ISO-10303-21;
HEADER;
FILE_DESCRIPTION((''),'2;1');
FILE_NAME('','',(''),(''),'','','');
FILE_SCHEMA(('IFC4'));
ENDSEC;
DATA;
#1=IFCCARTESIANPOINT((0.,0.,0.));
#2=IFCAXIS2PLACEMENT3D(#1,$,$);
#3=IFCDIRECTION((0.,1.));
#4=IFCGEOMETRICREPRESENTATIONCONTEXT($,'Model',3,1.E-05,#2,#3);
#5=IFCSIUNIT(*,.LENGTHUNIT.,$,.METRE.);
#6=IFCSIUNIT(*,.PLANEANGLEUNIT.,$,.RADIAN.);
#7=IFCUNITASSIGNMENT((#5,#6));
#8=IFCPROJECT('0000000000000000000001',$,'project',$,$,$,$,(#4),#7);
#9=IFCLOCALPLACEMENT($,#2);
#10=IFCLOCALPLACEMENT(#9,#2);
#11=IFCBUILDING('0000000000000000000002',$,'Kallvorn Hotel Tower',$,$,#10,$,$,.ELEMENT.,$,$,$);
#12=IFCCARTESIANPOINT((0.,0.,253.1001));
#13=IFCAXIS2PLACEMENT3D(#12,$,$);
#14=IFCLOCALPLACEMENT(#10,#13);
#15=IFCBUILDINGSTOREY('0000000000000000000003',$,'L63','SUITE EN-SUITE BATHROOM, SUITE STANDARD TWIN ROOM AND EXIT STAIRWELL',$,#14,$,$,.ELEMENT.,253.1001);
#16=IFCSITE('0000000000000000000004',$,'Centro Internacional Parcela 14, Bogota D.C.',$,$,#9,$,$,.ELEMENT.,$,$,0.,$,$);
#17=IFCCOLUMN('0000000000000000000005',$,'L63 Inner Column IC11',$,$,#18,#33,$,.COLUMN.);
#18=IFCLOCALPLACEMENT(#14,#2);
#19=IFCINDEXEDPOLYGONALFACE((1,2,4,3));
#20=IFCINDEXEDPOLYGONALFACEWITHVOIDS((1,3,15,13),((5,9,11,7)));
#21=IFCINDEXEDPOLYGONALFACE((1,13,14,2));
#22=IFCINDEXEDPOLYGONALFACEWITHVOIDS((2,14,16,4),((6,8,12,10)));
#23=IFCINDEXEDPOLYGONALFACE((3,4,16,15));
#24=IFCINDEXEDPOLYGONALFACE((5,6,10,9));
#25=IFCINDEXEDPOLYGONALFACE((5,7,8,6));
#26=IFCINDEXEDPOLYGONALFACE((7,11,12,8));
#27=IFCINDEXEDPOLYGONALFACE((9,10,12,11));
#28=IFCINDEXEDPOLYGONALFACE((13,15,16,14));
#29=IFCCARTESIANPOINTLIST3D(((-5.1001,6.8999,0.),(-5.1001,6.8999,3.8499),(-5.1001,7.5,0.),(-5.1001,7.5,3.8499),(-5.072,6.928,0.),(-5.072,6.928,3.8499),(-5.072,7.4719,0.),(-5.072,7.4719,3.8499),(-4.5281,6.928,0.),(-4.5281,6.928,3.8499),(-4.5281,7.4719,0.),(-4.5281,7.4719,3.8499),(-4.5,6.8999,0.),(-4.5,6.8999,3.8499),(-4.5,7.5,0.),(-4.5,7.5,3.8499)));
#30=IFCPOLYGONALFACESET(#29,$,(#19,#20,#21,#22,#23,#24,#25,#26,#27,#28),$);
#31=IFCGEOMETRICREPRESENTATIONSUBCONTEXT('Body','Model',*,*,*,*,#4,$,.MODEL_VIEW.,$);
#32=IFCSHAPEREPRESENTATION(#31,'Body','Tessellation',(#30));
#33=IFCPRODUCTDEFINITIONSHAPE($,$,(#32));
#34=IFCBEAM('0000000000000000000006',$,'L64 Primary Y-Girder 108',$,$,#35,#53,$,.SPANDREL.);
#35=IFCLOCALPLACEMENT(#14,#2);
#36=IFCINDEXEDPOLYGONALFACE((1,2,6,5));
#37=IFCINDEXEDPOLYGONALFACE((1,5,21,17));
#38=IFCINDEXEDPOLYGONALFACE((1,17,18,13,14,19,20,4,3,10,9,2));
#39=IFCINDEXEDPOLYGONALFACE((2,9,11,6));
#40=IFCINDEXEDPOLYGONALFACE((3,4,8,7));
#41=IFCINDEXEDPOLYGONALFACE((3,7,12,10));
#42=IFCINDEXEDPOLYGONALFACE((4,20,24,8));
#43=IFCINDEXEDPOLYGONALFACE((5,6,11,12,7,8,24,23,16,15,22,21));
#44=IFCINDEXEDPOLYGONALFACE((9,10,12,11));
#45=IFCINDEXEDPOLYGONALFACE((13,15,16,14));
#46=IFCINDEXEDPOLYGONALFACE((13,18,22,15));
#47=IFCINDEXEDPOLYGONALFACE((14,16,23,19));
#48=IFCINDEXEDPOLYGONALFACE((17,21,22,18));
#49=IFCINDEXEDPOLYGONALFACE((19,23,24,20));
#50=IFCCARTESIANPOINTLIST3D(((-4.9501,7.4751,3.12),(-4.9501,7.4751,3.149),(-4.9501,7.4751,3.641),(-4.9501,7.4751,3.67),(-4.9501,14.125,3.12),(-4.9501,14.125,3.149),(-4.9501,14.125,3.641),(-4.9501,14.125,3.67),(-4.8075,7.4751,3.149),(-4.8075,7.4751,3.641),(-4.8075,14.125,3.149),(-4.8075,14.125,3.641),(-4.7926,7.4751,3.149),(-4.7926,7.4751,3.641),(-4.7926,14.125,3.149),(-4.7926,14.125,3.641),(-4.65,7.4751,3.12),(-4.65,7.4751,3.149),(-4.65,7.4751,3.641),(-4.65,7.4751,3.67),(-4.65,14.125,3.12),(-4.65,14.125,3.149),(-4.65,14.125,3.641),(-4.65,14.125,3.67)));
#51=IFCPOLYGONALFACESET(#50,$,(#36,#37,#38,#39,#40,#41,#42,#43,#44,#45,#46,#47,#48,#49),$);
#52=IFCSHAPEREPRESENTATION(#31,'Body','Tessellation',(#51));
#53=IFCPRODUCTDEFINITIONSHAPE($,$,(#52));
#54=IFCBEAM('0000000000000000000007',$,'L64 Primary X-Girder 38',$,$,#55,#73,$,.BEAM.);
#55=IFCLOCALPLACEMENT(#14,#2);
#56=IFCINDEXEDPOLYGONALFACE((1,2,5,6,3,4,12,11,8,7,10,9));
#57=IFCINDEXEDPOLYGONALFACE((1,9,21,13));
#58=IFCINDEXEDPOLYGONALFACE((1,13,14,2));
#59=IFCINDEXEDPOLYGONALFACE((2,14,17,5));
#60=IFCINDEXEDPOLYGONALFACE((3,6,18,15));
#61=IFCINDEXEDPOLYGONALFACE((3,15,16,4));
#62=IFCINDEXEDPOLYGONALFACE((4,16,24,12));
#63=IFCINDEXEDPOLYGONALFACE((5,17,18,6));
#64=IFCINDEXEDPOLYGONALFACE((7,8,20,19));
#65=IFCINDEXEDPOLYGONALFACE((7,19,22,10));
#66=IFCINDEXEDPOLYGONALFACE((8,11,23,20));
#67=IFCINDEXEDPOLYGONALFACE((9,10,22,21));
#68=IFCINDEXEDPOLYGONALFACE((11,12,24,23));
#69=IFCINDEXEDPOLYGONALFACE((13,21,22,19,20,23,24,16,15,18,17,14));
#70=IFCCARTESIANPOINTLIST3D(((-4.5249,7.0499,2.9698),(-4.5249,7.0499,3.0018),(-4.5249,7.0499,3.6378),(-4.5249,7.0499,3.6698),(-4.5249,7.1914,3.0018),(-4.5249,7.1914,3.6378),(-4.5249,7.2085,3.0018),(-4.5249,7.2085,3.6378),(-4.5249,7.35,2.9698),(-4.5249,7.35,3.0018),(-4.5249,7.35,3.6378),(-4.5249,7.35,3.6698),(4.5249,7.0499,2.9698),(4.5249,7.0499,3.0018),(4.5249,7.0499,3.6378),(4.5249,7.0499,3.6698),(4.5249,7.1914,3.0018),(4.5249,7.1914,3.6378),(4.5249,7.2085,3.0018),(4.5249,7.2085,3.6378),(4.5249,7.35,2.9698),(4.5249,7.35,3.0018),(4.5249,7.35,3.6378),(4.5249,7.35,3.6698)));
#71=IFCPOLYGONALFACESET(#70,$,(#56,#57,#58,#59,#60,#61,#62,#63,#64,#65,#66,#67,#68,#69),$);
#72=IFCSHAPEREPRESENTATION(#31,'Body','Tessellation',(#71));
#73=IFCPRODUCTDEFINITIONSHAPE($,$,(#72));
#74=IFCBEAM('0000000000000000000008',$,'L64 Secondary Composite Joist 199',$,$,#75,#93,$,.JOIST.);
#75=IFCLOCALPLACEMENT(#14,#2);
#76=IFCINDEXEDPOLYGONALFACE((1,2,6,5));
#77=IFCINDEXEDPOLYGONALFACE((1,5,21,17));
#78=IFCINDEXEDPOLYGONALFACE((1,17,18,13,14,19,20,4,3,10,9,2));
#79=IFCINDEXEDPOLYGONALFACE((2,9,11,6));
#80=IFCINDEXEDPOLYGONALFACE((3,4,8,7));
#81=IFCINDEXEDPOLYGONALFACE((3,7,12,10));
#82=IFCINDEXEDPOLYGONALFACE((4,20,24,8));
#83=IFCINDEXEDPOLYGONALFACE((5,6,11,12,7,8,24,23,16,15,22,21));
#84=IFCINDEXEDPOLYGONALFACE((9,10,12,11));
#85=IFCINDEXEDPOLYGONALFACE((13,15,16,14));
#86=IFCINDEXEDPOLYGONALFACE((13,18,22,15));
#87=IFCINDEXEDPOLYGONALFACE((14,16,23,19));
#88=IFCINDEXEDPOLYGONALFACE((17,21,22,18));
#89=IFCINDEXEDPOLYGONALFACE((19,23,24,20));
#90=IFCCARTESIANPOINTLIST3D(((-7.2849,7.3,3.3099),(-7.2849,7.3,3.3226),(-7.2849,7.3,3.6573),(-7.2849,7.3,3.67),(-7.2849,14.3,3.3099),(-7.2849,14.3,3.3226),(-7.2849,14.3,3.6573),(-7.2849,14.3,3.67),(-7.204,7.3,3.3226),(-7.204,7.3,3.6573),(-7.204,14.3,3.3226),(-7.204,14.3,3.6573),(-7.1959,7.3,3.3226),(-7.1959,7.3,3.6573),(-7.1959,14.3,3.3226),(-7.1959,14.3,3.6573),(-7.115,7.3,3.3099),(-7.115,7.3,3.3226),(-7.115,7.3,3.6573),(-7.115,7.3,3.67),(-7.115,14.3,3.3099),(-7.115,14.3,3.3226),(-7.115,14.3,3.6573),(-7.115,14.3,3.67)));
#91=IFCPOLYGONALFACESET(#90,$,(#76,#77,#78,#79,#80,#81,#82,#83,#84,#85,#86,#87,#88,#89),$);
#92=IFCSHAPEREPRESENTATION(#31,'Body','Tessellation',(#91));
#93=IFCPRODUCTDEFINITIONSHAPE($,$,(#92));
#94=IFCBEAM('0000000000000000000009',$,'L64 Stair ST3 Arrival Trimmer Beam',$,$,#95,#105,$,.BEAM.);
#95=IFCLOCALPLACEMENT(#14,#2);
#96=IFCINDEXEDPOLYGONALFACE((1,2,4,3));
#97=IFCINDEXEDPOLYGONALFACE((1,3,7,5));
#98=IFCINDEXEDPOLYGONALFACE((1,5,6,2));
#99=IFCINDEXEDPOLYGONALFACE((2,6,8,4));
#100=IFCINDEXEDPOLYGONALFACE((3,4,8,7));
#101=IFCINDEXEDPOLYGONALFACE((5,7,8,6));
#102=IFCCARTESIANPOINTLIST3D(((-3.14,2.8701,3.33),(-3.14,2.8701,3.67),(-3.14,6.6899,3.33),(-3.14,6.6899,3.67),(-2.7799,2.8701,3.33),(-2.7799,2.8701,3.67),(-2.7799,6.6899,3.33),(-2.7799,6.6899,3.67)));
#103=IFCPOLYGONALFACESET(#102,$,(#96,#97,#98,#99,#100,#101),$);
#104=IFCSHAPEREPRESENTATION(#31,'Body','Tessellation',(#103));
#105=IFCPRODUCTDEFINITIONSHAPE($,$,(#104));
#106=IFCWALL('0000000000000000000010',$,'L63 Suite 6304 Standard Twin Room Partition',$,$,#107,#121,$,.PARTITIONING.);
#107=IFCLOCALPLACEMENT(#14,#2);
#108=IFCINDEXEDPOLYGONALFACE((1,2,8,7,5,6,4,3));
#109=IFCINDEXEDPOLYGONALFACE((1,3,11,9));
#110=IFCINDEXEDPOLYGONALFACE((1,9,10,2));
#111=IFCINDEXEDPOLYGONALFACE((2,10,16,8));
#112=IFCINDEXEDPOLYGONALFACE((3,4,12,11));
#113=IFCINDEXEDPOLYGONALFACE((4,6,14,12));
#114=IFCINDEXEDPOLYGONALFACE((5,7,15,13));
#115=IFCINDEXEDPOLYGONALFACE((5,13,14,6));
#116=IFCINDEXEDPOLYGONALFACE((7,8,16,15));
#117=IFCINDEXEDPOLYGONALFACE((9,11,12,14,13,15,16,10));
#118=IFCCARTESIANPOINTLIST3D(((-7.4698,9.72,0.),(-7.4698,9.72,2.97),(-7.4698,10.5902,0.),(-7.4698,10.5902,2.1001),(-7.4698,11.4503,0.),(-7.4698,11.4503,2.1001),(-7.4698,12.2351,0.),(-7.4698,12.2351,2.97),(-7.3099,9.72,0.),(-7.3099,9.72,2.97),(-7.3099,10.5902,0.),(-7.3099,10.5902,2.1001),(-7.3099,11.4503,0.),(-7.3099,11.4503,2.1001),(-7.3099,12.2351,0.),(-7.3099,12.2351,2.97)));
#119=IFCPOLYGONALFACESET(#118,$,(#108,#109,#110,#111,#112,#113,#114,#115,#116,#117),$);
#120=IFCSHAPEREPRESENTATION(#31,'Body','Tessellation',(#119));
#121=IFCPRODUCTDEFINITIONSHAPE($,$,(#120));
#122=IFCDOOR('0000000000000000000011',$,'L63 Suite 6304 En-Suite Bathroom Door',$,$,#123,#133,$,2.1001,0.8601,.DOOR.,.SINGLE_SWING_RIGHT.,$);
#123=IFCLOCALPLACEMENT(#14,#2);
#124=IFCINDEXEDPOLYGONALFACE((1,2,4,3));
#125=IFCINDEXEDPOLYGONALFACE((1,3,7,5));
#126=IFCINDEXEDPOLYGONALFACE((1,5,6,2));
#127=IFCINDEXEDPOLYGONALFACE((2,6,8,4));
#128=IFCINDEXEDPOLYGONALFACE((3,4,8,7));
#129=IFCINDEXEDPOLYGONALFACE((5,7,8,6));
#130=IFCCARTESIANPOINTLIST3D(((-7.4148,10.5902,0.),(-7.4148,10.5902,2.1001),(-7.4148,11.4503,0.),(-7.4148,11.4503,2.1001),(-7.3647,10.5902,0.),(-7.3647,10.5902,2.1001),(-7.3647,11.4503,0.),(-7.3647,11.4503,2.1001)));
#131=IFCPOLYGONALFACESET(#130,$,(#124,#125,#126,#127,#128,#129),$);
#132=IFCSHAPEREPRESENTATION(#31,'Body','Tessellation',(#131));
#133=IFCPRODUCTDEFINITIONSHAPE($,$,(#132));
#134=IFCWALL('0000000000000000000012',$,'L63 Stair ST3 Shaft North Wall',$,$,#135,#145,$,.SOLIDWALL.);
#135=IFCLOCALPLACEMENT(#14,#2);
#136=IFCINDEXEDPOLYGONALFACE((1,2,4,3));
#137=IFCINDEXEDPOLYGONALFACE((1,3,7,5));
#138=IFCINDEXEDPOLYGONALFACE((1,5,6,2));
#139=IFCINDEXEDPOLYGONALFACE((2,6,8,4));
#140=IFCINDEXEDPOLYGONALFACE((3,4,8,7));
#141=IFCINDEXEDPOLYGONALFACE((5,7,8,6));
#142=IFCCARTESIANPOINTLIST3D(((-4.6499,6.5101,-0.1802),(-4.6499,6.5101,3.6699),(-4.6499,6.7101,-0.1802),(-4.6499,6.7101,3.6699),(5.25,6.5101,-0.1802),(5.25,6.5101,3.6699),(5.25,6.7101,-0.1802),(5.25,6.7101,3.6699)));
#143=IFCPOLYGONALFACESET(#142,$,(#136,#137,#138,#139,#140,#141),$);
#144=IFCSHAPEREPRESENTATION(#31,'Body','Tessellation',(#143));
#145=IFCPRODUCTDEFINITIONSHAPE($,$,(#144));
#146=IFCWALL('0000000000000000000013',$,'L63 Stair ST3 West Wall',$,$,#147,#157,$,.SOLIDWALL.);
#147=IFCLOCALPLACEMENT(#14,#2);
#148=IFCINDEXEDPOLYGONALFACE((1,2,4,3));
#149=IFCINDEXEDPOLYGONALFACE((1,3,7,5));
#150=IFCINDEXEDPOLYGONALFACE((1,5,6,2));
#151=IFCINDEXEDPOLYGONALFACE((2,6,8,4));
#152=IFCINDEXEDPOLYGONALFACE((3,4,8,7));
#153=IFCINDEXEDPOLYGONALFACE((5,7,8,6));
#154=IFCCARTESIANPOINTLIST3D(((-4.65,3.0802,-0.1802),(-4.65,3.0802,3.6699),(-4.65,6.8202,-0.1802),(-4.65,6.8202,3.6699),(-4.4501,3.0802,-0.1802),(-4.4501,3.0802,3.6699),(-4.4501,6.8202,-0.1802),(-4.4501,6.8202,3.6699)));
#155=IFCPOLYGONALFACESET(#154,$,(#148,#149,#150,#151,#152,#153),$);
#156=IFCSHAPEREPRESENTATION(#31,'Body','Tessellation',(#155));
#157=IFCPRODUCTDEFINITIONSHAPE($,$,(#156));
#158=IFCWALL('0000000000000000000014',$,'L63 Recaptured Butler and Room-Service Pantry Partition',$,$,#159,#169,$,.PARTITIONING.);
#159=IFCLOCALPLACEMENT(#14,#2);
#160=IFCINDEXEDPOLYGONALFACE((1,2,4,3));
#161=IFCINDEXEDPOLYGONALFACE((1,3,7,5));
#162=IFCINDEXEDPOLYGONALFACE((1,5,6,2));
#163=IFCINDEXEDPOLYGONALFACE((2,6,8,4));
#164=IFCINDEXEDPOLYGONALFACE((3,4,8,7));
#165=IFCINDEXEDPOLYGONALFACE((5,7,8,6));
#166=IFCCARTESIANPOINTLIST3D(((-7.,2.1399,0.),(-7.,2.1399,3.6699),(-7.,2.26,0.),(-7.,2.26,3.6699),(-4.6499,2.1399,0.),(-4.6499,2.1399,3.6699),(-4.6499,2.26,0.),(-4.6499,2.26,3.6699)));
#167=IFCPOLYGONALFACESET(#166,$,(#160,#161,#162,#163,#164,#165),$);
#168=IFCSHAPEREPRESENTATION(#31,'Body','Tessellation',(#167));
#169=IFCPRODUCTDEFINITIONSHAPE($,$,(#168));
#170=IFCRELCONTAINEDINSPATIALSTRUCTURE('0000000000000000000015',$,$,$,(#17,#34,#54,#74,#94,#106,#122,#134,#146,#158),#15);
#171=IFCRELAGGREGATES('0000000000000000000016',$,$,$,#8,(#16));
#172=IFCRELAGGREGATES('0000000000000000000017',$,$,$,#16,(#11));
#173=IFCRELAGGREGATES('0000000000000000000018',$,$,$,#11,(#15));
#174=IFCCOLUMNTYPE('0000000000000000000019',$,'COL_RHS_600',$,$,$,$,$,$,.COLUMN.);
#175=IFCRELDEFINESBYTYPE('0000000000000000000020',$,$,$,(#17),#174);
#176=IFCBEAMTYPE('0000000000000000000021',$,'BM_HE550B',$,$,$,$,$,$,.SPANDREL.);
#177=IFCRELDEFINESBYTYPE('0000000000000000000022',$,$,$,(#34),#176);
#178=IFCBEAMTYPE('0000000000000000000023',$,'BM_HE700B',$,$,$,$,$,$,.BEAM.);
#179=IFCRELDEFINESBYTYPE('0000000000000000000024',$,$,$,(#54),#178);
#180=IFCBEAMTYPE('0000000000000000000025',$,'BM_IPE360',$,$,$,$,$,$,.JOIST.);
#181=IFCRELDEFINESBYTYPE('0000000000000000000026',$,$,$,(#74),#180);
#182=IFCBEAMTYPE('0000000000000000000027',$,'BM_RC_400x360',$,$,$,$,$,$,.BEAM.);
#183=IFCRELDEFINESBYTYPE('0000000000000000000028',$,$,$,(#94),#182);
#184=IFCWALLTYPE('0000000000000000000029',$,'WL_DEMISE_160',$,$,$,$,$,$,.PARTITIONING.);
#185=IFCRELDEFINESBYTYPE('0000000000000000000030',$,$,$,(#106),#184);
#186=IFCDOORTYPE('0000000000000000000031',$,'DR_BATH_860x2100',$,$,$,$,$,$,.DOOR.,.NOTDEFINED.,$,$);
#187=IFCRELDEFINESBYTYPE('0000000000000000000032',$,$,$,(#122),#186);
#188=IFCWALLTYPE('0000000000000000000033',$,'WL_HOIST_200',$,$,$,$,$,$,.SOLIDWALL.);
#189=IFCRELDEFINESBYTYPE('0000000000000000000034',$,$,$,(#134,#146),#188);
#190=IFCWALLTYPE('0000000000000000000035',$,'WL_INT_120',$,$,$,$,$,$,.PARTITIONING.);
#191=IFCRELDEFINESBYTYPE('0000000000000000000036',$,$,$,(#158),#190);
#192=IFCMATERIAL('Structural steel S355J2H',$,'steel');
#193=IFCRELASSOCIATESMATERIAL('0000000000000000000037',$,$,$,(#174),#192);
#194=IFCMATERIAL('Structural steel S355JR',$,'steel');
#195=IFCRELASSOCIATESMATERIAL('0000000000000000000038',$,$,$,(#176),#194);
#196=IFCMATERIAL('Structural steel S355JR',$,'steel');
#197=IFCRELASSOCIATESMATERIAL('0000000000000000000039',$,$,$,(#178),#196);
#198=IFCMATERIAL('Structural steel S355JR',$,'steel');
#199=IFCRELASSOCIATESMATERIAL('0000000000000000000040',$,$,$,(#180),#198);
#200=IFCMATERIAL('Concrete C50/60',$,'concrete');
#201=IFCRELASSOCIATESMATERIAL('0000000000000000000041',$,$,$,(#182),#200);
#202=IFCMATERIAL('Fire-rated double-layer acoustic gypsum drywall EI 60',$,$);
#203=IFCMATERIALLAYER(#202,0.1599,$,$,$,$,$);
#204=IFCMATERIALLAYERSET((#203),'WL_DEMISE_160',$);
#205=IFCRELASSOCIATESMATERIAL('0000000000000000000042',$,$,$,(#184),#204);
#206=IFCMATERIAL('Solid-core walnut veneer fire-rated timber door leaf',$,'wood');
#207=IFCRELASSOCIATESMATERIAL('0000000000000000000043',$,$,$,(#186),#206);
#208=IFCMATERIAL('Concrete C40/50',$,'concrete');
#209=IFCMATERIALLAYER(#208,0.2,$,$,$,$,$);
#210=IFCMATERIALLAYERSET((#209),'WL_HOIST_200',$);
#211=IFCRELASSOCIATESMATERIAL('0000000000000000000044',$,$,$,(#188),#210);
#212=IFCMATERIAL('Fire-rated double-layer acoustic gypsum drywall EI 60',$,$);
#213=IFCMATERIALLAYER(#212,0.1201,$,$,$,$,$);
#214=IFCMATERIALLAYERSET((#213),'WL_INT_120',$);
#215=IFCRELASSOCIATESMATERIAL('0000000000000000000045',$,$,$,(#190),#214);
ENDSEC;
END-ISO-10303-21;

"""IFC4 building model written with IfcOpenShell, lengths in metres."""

from ifc_helpers import new_model, si_unit, direction, frame, frame_2d, origin, origin_2d, place, context, subcontext, project, spatial, rectangle, hollow_rectangle, i_section, extrude, material, layer, layer_set, material_profile, profile_set, type_object, element, fill, save


model = new_model("IFC4")

# Units and contexts
model_context = context("Model", 3, precision=1e-05, world=origin(), true_north=direction((0.0, 1.0)))
body_context = subcontext(model_context, "Body", "Model", "MODEL_VIEW")
ifc_project = project(units=[si_unit("LENGTHUNIT", "METRE"), si_unit("PLANEANGLEUNIT", "RADIAN")], contexts=[model_context])

# Site, building, storey
site_placement = place(None, origin())
site = spatial("IfcSite", under=ifc_project, at=site_placement, Name="Centro Internacional Parcela 14, Bogota D.C.", CompositionType="ELEMENT", RefElevation=0.0)
building_placement = place(site_placement, origin())
building = spatial("IfcBuilding", under=site, at=building_placement, Name="Kallvorn Hotel Tower", CompositionType="ELEMENT")
storey_placement = place(building_placement, frame((0.0, 0.0, 253.1001)))
storey = spatial("IfcBuildingStorey", under=building, at=storey_placement, Name="L63", Description="SUITE EN-SUITE BATHROOM, SUITE STANDARD TWIN ROOM AND EXIT STAIRWELL", CompositionType="ELEMENT", Elevation=253.1001)

# Column
ifc_material_1 = material(Name="Structural steel S355J2H", Category="steel")
ifc_material_profile_1 = material_profile(ifc_material_1, hollow_rectangle(XDim=0.6001, YDim=0.6001, WallThickness=0.0281, at=origin_2d()), Name="RHS 600x600x28")
ifc_profile_set_1 = profile_set([ifc_material_profile_1], Name="Structural steel S355J2H")
column_type = type_object("IfcColumnType", Name="COL_RHS_600", PredefinedType="COLUMN", material=ifc_profile_set_1)
column_placement = place(storey_placement, frame((-4.8, 7.2, 0.0), z_axis=(0.0, 0.0, 1.0), x_axis=(1.0, 0.0, 0.0)))
element("IfcColumn", 1, at=column_placement, inside=storey, type_object=column_type, Name="L63 Inner Column IC11", PredefinedType="COLUMN", context=body_context, shape_type="SweptSolid", body=[
    extrude(hollow_rectangle(XDim=0.6001, YDim=0.6001, WallThickness=0.0281, at=origin_2d()), origin(), (0.0, 0.0, 1.0), 3.8499),
])

# Beams
ifc_material_2 = material(Name="Structural steel S355JR", Category="steel")
ifc_material_profile_2 = material_profile(ifc_material_2, i_section(OverallWidth=0.3, OverallDepth=0.55, WebThickness=0.0149, FlangeThickness=0.0291, at=origin_2d()), Name="HE 550 B")
ifc_profile_set_2 = profile_set([ifc_material_profile_2], Name="Structural steel S355JR")
beam_type_1 = type_object("IfcBeamType", Name="BM_HE550B", PredefinedType="SPANDREL", material=ifc_profile_set_2)
beam_1_placement = place(storey_placement, frame((-4.8, 7.4751, 3.395), z_axis=(0.0, 1.0, 0.0), x_axis=(-1.0, 0.0, 0.0)))
element("IfcBeam", 2, at=beam_1_placement, inside=storey, type_object=beam_type_1, Name="L64 Primary Y-Girder 108", PredefinedType="SPANDREL", context=body_context, shape_type="SweptSolid", body=[
    extrude(i_section(OverallWidth=0.3, OverallDepth=0.55, WebThickness=0.0149, FlangeThickness=0.0291, at=origin_2d()), origin(), (0.0, 0.0, 1.0), 6.6499),
])
ifc_material_3 = material(Name="Structural steel S355JR", Category="steel")
ifc_material_profile_3 = material_profile(ifc_material_3, i_section(OverallWidth=0.3, OverallDepth=0.7, WebThickness=0.0171, FlangeThickness=0.032, at=origin_2d()), Name="HE 700 B")
ifc_profile_set_3 = profile_set([ifc_material_profile_3], Name="Structural steel S355JR")
beam_type_2 = type_object("IfcBeamType", Name="BM_HE700B", PredefinedType="BEAM", material=ifc_profile_set_3)
beam_2_placement = place(storey_placement, frame((-4.5249, 7.2, 3.3198), z_axis=(1.0, 0.0, 0.0), x_axis=(0.0, 1.0, 0.0)))
element("IfcBeam", 3, at=beam_2_placement, inside=storey, type_object=beam_type_2, Name="L64 Primary X-Girder 38", PredefinedType="BEAM", context=body_context, shape_type="SweptSolid", body=[
    extrude(i_section(OverallWidth=0.3, OverallDepth=0.7, WebThickness=0.0171, FlangeThickness=0.032, at=origin_2d()), origin(), (0.0, 0.0, 1.0), 9.0498),
])
ifc_material_4 = material(Name="Structural steel S355JR", Category="steel")
ifc_material_profile_4 = material_profile(ifc_material_4, i_section(OverallWidth=0.1699, OverallDepth=0.3601, WebThickness=0.0081, FlangeThickness=0.0127, at=origin_2d()), Name="IPE 360")
ifc_profile_set_4 = profile_set([ifc_material_profile_4], Name="Structural steel S355JR")
beam_type_3 = type_object("IfcBeamType", Name="BM_IPE360", PredefinedType="JOIST", material=ifc_profile_set_4)
beam_3_placement = place(storey_placement, frame((-7.2, 7.3, 3.49), z_axis=(0.0, 1.0, 0.0), x_axis=(-1.0, 0.0, 0.0)))
element("IfcBeam", 4, at=beam_3_placement, inside=storey, type_object=beam_type_3, Name="L64 Secondary Composite Joist 199", PredefinedType="JOIST", context=body_context, shape_type="SweptSolid", body=[
    extrude(i_section(OverallWidth=0.1699, OverallDepth=0.3601, WebThickness=0.0081, FlangeThickness=0.0127, at=origin_2d()), origin(), (0.0, 0.0, 1.0), 7.0),
])
ifc_material_5 = material(Name="Concrete C50/60", Category="concrete")
ifc_material_profile_5 = material_profile(ifc_material_5, rectangle(XDim=0.3601, YDim=0.3401, at=origin_2d()), Name="RC 360x340")
ifc_profile_set_5 = profile_set([ifc_material_profile_5], Name="Concrete C50/60")
beam_type_4 = type_object("IfcBeamType", Name="BM_RC_400x360", PredefinedType="BEAM", material=ifc_profile_set_5)
beam_4_placement = place(storey_placement, frame((-2.96, 2.8701, 3.5), z_axis=(0.0, 1.0, 0.0), x_axis=(-1.0, 0.0, 0.0)))
element("IfcBeam", 5, at=beam_4_placement, inside=storey, type_object=beam_type_4, Name="L64 Stair ST3 Arrival Trimmer Beam", PredefinedType="BEAM", context=body_context, shape_type="SweptSolid", body=[
    extrude(rectangle(XDim=0.3601, YDim=0.3401, at=origin_2d()), origin(), (0.0, 0.0, 1.0), 3.8198),
])

# Wall, opening, door
ifc_material_6 = material(Name="Fire-rated double-layer acoustic gypsum drywall EI 60")
ifc_layer_1 = layer(ifc_material_6, 0.1599)
ifc_layer_set_1 = layer_set([ifc_layer_1], Name="WL_DEMISE_160")
wall_type_1 = type_object("IfcWallType", Name="WL_DEMISE_160", PredefinedType="PARTITIONING", material=ifc_layer_set_1)
wall_1_placement = place(storey_placement, frame((-7.3899, 9.72, 0.0), z_axis=(0.0, 0.0, 1.0), x_axis=(0.0, 1.0, 0.0)))
wall_1 = element("IfcWall", 6, at=wall_1_placement, inside=storey, type_object=wall_type_1, Name="L63 Suite 6304 Standard Twin Room Partition", PredefinedType="PARTITIONING", context=body_context, shape_type="SweptSolid", body=[
    extrude(rectangle(XDim=2.5151, YDim=0.1599, at=frame_2d((1.2576, 0.0))), origin(), (0.0, 0.0, 1.0), 2.97),
])
opening_1_placement = place(wall_1_placement, frame((0.8701, 0.0, 0.0)))
opening_1 = element("IfcOpeningElement", 7, at=opening_1_placement, cuts=wall_1, PredefinedType="OPENING", context=body_context, shape_type="SweptSolid", body=[
    extrude(rectangle(XDim=0.8601, YDim=2.1001, at=frame_2d((0.4302, 1.05))), frame((0.0, 0.095, 0.0), z_axis=(0.0, -1.0, 0.0), x_axis=(1.0, 0.0, 0.0)), (0.0, 0.0, 1.0), 0.1899),
])
ifc_material_7 = material(Name="Solid-core walnut veneer fire-rated timber door leaf", Category="wood")
door_type_1 = type_object("IfcDoorType", Name="DR_BATH_860x2100", OperationType="NOTDEFINED", PredefinedType="DOOR", material=ifc_material_7)
door_1_placement = place(opening_1_placement, origin())
door_1 = element("IfcDoor", 8, at=door_1_placement, inside=storey, type_object=door_type_1, Name="L63 Suite 6304 En-Suite Bathroom Door", OperationType="SINGLE_SWING_RIGHT", OverallHeight=2.1001, OverallWidth=0.8601, PredefinedType="DOOR", context=body_context, shape_type="SweptSolid", body=[
    extrude(rectangle(XDim=0.8601, YDim=2.1001, at=frame_2d((0.4302, 1.05))), frame((0.0, 0.0249, 0.0), z_axis=(0.0, -1.0, 0.0), x_axis=(1.0, 0.0, 0.0)), (0.0, 0.0, 1.0), 0.05),
])
fill(opening_1, door_1)

# Walls
ifc_material_8 = material(Name="Concrete C40/50", Category="concrete")
ifc_layer_2 = layer(ifc_material_8, 0.2)
ifc_layer_set_2 = layer_set([ifc_layer_2], Name="WL_HOIST_200")
wall_type_2 = type_object("IfcWallType", Name="WL_HOIST_200", PredefinedType="SOLIDWALL", material=ifc_layer_set_2)
wall_2_placement = place(storey_placement, frame((-4.6499, 6.6101, -0.1802), z_axis=(0.0, 0.0, 1.0), x_axis=(1.0, 0.0, 0.0)))
element("IfcWall", 9, at=wall_2_placement, inside=storey, type_object=wall_type_2, Name="L63 Stair ST3 Shaft North Wall", PredefinedType="SOLIDWALL", context=body_context, shape_type="SweptSolid", body=[
    extrude(rectangle(XDim=9.8999, YDim=0.2, at=frame_2d((4.95, 0.0))), origin(), (0.0, 0.0, 1.0), 3.8501),
])
wall_3_placement = place(storey_placement, frame((-4.55, 3.0801, -0.1802), z_axis=(0.0, 0.0, 1.0), x_axis=(0.0, 1.0, 0.0)))
element("IfcWall", 10, at=wall_3_placement, inside=storey, type_object=wall_type_2, Name="L63 Stair ST3 West Wall", PredefinedType="SOLIDWALL", context=body_context, shape_type="SweptSolid", body=[
    extrude(rectangle(XDim=3.74, YDim=0.2, at=frame_2d((1.8701, 0.0))), origin(), (0.0, 0.0, 1.0), 3.8501),
])
ifc_material_9 = material(Name="Fire-rated double-layer acoustic gypsum drywall EI 60")
ifc_layer_3 = layer(ifc_material_9, 0.1201)
ifc_layer_set_3 = layer_set([ifc_layer_3], Name="WL_INT_120")
wall_type_3 = type_object("IfcWallType", Name="WL_INT_120", PredefinedType="PARTITIONING", material=ifc_layer_set_3)
wall_4_placement = place(storey_placement, frame((-7.0, 2.2, 0.0), z_axis=(0.0, 0.0, 1.0), x_axis=(1.0, 0.0, 0.0)))
element("IfcWall", 11, at=wall_4_placement, inside=storey, type_object=wall_type_3, Name="L63 Recaptured Butler and Room-Service Pantry Partition", PredefinedType="PARTITIONING", context=body_context, shape_type="SweptSolid", body=[
    extrude(rectangle(XDim=2.3501, YDim=0.1201, at=frame_2d((1.175, 0.0))), origin(), (0.0, 0.0, 1.0), 3.6699),
])

save(model, "model.ifc")
